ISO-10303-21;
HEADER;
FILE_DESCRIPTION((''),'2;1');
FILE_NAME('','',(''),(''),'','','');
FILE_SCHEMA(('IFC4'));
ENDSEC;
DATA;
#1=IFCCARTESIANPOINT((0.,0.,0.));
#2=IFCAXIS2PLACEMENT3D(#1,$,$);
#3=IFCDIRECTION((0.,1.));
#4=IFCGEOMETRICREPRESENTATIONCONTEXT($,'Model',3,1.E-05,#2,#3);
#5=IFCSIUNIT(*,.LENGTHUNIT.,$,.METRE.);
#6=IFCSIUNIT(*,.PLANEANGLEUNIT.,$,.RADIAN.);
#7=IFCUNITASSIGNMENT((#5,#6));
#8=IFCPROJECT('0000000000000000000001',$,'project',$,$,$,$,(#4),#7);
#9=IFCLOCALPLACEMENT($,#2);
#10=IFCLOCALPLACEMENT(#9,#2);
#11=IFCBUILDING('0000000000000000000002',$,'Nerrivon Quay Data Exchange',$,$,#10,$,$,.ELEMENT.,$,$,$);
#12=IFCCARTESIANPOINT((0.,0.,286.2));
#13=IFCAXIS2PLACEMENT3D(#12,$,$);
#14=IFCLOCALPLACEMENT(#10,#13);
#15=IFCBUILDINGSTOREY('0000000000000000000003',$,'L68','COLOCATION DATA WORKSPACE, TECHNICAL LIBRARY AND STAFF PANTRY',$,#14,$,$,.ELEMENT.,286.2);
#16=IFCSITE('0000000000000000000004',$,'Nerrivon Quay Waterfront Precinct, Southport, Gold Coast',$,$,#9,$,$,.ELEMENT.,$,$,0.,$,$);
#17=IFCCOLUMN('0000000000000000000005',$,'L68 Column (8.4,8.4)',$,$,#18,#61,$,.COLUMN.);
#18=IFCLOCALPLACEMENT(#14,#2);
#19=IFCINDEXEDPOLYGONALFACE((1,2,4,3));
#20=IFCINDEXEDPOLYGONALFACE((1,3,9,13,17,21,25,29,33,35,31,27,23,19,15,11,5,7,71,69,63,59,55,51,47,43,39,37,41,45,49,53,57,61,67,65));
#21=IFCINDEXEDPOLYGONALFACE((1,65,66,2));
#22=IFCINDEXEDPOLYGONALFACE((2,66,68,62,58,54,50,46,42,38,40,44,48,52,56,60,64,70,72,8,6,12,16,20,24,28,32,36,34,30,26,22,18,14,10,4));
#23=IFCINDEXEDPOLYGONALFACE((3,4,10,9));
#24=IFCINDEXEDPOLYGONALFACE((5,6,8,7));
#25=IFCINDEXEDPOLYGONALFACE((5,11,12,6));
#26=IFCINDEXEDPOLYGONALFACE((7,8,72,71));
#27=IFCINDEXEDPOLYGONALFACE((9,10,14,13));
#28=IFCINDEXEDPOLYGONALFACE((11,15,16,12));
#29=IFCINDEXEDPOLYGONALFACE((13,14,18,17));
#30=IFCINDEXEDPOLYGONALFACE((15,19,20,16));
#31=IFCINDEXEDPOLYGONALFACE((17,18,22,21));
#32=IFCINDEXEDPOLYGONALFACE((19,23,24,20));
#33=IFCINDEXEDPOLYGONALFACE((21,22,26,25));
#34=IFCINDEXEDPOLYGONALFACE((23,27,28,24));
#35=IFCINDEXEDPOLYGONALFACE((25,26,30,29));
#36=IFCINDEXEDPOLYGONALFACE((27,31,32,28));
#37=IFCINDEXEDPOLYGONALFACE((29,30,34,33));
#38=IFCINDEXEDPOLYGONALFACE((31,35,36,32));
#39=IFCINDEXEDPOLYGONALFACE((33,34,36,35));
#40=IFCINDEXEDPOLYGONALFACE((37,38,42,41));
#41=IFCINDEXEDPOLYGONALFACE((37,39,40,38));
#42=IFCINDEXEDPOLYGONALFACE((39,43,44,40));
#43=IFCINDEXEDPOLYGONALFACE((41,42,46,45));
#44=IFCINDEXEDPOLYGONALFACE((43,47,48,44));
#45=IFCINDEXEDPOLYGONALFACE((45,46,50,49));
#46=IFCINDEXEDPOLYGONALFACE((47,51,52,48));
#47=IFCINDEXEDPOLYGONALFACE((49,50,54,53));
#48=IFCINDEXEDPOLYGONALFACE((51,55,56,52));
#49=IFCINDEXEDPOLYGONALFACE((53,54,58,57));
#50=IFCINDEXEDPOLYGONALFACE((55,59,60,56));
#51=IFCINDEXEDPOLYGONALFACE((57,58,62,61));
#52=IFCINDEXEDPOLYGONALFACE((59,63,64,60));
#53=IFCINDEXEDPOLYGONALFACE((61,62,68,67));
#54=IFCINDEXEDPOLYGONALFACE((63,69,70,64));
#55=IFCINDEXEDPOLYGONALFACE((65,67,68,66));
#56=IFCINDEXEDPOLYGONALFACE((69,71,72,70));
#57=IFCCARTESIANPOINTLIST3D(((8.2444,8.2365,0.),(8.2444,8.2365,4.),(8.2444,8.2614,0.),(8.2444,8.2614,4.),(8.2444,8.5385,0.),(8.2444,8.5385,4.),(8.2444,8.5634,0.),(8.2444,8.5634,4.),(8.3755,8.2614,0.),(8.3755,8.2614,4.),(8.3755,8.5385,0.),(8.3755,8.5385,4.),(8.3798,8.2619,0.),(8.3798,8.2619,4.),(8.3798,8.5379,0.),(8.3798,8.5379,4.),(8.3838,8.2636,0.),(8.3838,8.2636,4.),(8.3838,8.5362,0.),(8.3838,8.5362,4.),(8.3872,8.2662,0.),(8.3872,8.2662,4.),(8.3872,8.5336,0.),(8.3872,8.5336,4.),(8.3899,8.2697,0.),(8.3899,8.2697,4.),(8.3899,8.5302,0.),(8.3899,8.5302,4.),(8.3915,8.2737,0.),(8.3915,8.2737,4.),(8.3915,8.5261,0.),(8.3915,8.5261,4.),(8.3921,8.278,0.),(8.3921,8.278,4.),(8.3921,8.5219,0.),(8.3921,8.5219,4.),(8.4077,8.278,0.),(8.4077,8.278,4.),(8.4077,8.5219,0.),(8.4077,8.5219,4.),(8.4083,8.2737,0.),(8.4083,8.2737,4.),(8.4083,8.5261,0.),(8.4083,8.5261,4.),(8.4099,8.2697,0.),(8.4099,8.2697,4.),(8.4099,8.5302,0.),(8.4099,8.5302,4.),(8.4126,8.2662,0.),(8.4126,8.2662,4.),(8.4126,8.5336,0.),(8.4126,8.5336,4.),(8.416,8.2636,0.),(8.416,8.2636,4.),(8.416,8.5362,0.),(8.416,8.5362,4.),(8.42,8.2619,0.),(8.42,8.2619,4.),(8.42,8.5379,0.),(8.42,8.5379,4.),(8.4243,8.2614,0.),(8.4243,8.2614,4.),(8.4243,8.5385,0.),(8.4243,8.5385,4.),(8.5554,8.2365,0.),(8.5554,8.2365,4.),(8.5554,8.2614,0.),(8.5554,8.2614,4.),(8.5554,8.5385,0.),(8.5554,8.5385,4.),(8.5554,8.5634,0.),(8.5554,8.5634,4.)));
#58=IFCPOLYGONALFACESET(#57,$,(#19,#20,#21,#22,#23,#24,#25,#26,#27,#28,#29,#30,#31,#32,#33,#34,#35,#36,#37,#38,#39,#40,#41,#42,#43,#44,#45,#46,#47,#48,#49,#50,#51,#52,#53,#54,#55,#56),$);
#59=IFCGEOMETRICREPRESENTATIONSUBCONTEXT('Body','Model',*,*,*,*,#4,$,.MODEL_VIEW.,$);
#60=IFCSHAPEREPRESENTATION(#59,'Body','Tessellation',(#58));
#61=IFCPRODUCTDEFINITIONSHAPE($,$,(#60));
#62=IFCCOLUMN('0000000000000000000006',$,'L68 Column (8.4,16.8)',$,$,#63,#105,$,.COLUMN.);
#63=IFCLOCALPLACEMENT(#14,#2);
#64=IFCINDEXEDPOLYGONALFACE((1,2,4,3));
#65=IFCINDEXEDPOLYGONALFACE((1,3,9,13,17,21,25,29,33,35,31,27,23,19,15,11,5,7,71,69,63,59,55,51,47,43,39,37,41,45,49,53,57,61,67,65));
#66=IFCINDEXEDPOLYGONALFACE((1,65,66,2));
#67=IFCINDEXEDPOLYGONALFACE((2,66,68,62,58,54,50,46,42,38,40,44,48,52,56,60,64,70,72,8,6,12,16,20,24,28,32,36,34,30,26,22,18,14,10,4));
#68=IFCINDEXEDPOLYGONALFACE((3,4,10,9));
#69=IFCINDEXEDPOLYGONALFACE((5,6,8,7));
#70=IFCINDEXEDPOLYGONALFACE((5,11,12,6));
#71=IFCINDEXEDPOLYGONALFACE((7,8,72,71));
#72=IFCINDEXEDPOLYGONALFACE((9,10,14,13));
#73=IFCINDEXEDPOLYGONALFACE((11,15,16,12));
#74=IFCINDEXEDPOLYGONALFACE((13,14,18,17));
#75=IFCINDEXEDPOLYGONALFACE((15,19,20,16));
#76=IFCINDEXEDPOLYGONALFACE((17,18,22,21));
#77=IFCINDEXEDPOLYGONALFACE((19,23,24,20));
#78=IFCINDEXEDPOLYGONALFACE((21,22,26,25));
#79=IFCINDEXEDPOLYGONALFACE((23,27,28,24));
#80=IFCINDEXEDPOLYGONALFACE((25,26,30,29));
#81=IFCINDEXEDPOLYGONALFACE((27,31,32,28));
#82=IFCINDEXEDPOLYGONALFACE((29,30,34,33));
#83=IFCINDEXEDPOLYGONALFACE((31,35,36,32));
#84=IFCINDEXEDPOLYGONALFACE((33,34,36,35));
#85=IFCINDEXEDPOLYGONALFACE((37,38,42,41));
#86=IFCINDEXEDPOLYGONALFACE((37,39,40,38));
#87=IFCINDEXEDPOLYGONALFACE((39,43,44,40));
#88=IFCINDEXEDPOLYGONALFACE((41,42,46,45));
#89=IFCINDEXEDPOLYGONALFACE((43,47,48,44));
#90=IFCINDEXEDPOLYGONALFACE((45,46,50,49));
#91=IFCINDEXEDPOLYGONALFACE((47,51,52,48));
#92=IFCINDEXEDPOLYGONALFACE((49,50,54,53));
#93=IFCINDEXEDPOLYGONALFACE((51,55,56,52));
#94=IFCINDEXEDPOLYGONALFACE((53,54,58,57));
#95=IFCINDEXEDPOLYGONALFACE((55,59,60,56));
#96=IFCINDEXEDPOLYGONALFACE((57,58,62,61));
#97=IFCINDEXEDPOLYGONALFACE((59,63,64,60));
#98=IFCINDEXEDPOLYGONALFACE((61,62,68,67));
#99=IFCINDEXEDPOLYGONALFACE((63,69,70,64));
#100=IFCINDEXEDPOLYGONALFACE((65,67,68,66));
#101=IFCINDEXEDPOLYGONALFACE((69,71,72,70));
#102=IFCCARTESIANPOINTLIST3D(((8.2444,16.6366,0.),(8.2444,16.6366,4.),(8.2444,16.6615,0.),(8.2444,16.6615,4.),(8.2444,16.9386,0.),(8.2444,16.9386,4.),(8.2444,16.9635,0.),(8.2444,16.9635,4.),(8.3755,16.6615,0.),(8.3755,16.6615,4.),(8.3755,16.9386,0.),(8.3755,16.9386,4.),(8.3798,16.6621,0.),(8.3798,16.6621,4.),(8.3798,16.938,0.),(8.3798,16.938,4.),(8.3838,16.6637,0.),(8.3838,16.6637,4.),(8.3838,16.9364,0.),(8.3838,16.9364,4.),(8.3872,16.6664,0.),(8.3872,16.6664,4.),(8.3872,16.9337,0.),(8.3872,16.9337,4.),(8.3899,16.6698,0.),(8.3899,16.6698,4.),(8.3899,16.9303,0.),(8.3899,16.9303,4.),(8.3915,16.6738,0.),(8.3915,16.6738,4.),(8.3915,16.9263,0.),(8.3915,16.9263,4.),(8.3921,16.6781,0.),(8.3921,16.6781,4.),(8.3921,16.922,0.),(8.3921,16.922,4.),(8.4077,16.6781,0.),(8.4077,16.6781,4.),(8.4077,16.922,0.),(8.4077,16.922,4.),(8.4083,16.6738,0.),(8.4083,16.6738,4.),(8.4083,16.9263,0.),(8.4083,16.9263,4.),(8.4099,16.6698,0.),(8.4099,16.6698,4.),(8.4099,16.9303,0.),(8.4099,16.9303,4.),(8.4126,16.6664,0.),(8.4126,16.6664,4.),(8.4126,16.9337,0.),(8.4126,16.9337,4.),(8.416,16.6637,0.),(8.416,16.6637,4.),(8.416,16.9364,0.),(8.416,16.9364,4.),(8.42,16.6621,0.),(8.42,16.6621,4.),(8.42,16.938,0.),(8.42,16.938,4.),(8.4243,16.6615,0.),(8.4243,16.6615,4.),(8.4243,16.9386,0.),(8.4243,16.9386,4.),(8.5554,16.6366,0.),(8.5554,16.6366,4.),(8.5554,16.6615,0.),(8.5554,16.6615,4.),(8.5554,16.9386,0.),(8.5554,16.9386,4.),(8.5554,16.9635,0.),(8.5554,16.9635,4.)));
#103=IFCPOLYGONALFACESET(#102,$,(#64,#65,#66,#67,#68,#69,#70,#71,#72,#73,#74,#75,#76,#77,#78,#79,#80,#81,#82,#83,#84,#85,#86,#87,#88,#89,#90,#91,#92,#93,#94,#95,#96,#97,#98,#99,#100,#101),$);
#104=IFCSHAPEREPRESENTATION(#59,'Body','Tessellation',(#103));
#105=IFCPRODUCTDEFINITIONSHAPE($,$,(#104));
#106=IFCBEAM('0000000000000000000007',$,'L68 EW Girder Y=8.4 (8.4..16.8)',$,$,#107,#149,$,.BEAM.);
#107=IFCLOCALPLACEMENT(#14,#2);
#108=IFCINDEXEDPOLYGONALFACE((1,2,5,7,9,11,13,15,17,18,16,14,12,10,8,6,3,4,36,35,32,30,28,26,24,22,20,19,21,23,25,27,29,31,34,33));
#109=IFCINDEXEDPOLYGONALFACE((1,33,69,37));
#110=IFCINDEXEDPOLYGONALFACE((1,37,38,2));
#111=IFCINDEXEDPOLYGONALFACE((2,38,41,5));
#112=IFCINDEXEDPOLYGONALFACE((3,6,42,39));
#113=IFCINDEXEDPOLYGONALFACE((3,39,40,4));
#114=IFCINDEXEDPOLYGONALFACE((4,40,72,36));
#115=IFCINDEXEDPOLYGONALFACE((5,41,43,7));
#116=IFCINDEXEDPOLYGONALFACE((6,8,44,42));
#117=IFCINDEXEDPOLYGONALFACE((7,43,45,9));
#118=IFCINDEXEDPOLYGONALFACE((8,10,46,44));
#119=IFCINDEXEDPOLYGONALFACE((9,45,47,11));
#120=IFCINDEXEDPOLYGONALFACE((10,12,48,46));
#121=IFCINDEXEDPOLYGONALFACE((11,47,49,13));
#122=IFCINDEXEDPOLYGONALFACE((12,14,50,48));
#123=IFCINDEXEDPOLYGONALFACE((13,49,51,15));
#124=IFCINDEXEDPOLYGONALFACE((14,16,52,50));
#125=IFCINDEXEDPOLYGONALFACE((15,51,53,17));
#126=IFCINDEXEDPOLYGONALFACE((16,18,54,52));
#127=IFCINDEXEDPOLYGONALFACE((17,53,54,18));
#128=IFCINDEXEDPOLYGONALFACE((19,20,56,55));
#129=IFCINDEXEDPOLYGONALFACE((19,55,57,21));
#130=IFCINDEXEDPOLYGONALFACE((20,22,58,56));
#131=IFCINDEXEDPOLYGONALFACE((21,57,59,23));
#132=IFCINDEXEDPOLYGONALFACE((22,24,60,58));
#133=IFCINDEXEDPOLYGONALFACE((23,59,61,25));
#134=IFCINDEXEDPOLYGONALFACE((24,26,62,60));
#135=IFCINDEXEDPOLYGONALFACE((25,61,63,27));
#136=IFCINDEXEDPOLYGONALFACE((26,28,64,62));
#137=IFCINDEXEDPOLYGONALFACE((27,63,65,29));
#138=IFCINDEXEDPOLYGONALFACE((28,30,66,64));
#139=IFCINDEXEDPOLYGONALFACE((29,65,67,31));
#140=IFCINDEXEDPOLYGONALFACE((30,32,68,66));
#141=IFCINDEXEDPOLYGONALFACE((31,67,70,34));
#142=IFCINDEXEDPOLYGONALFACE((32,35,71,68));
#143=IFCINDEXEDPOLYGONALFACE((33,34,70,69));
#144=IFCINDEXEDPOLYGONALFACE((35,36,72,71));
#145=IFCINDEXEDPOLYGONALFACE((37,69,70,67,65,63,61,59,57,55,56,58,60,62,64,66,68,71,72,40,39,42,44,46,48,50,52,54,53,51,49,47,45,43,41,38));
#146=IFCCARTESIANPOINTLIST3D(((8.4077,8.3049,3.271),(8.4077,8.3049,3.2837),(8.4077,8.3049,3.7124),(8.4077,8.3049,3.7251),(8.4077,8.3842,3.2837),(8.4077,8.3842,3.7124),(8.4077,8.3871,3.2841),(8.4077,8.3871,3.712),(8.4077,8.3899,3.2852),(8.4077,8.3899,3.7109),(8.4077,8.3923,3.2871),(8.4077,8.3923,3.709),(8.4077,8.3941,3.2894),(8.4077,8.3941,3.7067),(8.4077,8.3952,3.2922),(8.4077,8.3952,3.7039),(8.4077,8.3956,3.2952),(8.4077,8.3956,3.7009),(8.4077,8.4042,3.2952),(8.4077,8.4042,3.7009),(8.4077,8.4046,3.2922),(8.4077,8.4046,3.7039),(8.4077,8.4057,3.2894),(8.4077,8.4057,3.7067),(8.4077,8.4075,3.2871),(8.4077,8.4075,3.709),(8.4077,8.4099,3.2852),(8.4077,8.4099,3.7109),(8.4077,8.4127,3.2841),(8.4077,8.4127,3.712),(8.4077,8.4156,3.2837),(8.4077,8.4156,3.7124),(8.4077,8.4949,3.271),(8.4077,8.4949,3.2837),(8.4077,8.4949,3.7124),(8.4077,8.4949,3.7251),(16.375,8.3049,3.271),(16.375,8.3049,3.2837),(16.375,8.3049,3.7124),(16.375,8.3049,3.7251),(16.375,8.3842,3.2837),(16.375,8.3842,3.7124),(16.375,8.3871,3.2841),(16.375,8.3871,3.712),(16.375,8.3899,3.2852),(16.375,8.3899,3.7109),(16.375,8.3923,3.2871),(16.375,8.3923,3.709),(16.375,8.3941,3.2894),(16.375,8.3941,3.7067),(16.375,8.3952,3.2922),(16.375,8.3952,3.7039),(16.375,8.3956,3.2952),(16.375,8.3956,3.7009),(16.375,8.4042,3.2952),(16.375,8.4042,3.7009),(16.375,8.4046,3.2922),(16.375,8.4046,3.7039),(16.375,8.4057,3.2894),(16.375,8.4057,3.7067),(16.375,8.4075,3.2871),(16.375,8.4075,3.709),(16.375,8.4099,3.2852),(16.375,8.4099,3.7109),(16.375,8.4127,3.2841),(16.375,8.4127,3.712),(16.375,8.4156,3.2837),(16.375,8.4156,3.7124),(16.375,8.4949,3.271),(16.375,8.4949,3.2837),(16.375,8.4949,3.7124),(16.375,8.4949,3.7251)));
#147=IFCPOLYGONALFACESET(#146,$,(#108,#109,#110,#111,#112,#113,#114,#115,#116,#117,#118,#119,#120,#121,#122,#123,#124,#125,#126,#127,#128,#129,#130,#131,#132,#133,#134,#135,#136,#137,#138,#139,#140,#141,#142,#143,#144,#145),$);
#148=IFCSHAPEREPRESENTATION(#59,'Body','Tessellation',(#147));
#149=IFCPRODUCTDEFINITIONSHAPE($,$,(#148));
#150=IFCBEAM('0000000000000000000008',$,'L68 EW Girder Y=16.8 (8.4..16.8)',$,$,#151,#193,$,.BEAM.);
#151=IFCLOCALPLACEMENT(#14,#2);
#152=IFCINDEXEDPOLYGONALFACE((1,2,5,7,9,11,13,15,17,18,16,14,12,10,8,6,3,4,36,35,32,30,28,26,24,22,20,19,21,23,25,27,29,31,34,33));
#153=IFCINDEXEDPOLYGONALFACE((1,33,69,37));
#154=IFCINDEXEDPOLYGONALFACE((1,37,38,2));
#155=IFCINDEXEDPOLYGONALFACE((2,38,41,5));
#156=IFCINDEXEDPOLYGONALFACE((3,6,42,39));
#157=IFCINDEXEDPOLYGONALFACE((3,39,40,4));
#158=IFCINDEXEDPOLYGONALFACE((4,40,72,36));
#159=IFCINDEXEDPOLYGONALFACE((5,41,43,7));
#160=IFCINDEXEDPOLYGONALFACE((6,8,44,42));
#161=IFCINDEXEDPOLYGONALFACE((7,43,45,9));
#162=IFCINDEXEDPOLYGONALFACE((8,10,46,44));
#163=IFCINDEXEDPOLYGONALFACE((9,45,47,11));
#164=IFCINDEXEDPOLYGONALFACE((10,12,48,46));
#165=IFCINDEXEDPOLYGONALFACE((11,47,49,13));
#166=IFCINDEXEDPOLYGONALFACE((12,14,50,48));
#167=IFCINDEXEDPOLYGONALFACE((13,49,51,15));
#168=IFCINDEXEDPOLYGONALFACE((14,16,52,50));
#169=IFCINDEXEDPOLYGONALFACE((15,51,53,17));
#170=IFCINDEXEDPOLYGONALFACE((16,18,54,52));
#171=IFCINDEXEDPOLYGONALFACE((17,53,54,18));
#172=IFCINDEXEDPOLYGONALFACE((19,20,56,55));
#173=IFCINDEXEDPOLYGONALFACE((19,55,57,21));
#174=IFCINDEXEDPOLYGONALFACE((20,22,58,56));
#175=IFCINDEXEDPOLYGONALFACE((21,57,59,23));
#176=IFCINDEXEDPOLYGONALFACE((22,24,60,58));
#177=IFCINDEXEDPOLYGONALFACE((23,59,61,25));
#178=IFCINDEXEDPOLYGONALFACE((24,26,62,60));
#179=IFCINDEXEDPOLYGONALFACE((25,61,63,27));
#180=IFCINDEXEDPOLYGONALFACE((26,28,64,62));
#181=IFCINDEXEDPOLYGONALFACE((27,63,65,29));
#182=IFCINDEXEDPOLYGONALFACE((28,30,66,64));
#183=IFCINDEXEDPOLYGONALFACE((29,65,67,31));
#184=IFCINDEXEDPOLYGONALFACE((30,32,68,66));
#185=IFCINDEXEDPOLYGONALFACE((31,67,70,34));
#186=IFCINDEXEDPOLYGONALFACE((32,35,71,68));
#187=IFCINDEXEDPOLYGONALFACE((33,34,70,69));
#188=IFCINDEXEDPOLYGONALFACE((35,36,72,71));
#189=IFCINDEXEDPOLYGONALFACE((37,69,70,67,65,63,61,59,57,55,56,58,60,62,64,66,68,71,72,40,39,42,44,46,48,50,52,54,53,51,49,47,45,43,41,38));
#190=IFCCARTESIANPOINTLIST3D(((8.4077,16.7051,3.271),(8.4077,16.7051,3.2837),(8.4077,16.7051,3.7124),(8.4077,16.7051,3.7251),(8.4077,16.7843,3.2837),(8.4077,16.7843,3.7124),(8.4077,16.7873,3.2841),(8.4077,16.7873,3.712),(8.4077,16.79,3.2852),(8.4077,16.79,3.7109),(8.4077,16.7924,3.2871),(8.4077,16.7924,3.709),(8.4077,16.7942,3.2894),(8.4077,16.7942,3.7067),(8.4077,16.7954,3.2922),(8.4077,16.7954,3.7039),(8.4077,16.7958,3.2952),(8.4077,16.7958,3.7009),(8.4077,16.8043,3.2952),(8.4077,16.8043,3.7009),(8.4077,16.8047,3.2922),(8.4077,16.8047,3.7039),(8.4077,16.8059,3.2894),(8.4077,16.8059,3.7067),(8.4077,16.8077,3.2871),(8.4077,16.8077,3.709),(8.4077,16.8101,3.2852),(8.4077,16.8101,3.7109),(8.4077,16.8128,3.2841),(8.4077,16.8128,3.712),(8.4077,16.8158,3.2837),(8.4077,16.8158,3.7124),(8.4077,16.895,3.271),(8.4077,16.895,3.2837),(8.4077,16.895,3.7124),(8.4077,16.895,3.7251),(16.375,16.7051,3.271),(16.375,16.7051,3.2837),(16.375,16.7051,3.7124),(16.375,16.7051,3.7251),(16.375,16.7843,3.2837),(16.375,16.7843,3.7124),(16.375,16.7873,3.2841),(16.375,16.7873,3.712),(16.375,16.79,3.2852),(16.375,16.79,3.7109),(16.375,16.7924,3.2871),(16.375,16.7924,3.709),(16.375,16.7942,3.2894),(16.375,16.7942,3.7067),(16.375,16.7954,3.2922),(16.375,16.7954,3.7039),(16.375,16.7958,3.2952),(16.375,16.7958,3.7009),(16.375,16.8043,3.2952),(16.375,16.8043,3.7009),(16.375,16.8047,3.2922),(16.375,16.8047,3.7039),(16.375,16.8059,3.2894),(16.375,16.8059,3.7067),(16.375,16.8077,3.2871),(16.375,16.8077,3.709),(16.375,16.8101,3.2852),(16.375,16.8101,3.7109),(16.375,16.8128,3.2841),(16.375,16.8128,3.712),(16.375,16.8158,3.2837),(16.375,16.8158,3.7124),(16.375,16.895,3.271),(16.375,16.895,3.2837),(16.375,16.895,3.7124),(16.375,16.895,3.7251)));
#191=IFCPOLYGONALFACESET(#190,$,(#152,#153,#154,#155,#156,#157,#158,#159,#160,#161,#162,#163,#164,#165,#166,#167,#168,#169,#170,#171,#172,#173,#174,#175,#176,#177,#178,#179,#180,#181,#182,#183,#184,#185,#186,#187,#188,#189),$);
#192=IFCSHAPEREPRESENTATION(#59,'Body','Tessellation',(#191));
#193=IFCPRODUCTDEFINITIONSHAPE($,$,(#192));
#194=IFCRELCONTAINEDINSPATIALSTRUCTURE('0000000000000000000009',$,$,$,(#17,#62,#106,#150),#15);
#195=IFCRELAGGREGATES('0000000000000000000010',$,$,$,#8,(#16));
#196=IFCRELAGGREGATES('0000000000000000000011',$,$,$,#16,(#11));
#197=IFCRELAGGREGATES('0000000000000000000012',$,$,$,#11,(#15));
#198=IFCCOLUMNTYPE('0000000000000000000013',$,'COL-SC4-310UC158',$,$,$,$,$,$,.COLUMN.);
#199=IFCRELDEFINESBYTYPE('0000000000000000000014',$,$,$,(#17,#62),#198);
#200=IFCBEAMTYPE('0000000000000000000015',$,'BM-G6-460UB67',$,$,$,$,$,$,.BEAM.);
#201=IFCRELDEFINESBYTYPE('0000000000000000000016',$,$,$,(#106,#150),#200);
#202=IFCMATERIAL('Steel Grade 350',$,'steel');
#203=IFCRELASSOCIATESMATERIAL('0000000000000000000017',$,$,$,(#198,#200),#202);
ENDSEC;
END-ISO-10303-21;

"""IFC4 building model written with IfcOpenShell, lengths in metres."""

from ifc_helpers import new_model, si_unit, direction, frame, origin, origin_2d, place, context, subcontext, project, spatial, i_section, extrude, material, material_profile, profile_set, type_object, element, save


model = new_model("IFC4")

# Units and contexts
model_context = context("Model", 3, precision=1e-05, world=origin(), true_north=direction((0.0, 1.0)))
body_context = subcontext(model_context, "Body", "Model", "MODEL_VIEW")
ifc_project = project(units=[si_unit("LENGTHUNIT", "METRE"), si_unit("PLANEANGLEUNIT", "RADIAN")], contexts=[model_context])

# Site, building, storey
site_placement = place(None, origin())
site = spatial("IfcSite", under=ifc_project, at=site_placement, Name="Nerrivon Quay Waterfront Precinct, Southport, Gold Coast", CompositionType="ELEMENT", RefElevation=0.0)
building_placement = place(site_placement, origin())
building = spatial("IfcBuilding", under=site, at=building_placement, Name="Nerrivon Quay Data Exchange", CompositionType="ELEMENT")
storey_placement = place(building_placement, frame((0.0, 0.0, 286.2)))
storey = spatial("IfcBuildingStorey", under=building, at=storey_placement, Name="L68", Description="COLOCATION DATA WORKSPACE, TECHNICAL LIBRARY AND STAFF PANTRY", CompositionType="ELEMENT", Elevation=286.2)

# Columns
ifc_material_1 = material(Name="Steel Grade 350", Category="steel")
ifc_material_profile_1 = material_profile(ifc_material_1, i_section(OverallWidth=0.311, OverallDepth=0.3269, WebThickness=0.0156, FlangeThickness=0.0249, FilletRadius=0.0166, at=origin_2d()), Name="310UC158")
ifc_profile_set_1 = profile_set([ifc_material_profile_1], Name="Steel Grade 350")
column_type = type_object("IfcColumnType", Name="COL-SC4-310UC158", PredefinedType="COLUMN", material=ifc_profile_set_1)
for number, where, z_axis, x_axis, name in (
    (1, (8.3999, 8.3999, 0.0), (0.0, 0.0, 1.0), (1.0, 0.0, 0.0), "L68 Column (8.4,8.4)"),
    (2, (8.3999, 16.8, 0.0), (0.0, 0.0, 1.0), (1.0, 0.0, 0.0), "L68 Column (8.4,16.8)"),
):
    element("IfcColumn", number, at=place(storey_placement, frame(where, z_axis=z_axis, x_axis=x_axis)), inside=storey, type_object=column_type, Name=name, PredefinedType="COLUMN", context=body_context, shape_type="SweptSolid", body=[
        extrude(i_section(OverallWidth=0.311, OverallDepth=0.3269, WebThickness=0.0156, FlangeThickness=0.0249, FilletRadius=0.0166, at=origin_2d()), origin(), (0.0, 0.0, 1.0), 4.0),
    ])

# Beams
ifc_material_profile_2 = material_profile(ifc_material_1, i_section(OverallWidth=0.1899, OverallDepth=0.4541, WebThickness=0.0085, FlangeThickness=0.0127, FilletRadius=0.0115, at=origin_2d()), Name="460UB67.1")
ifc_profile_set_2 = profile_set([ifc_material_profile_2], Name="Steel Grade 350")
beam_type_1 = type_object("IfcBeamType", Name="BM-G6-460UB67", PredefinedType="BEAM", material=ifc_profile_set_2)
for number, where, z_axis, x_axis, name in (
    (3, (8.4077, 8.3999, 3.498), (1.0, 0.0, 0.0), (0.0, 1.0, 0.0), "L68 EW Girder Y=8.4 (8.4..16.8)"),
    (4, (8.4077, 16.8, 3.498), (1.0, 0.0, 0.0), (0.0, 1.0, 0.0), "L68 EW Girder Y=16.8 (8.4..16.8)"),
):
    element("IfcBeam", number, at=place(storey_placement, frame(where, z_axis=z_axis, x_axis=x_axis)), inside=storey, type_object=beam_type_1, Name=name, PredefinedType="BEAM", context=body_context, shape_type="SweptSolid", body=[
        extrude(i_section(OverallWidth=0.1899, OverallDepth=0.4541, WebThickness=0.0085, FlangeThickness=0.0127, FilletRadius=0.0115, at=origin_2d()), origin(), (0.0, 0.0, 1.0), 7.9673),
    ])

save(model, "model.ifc")
